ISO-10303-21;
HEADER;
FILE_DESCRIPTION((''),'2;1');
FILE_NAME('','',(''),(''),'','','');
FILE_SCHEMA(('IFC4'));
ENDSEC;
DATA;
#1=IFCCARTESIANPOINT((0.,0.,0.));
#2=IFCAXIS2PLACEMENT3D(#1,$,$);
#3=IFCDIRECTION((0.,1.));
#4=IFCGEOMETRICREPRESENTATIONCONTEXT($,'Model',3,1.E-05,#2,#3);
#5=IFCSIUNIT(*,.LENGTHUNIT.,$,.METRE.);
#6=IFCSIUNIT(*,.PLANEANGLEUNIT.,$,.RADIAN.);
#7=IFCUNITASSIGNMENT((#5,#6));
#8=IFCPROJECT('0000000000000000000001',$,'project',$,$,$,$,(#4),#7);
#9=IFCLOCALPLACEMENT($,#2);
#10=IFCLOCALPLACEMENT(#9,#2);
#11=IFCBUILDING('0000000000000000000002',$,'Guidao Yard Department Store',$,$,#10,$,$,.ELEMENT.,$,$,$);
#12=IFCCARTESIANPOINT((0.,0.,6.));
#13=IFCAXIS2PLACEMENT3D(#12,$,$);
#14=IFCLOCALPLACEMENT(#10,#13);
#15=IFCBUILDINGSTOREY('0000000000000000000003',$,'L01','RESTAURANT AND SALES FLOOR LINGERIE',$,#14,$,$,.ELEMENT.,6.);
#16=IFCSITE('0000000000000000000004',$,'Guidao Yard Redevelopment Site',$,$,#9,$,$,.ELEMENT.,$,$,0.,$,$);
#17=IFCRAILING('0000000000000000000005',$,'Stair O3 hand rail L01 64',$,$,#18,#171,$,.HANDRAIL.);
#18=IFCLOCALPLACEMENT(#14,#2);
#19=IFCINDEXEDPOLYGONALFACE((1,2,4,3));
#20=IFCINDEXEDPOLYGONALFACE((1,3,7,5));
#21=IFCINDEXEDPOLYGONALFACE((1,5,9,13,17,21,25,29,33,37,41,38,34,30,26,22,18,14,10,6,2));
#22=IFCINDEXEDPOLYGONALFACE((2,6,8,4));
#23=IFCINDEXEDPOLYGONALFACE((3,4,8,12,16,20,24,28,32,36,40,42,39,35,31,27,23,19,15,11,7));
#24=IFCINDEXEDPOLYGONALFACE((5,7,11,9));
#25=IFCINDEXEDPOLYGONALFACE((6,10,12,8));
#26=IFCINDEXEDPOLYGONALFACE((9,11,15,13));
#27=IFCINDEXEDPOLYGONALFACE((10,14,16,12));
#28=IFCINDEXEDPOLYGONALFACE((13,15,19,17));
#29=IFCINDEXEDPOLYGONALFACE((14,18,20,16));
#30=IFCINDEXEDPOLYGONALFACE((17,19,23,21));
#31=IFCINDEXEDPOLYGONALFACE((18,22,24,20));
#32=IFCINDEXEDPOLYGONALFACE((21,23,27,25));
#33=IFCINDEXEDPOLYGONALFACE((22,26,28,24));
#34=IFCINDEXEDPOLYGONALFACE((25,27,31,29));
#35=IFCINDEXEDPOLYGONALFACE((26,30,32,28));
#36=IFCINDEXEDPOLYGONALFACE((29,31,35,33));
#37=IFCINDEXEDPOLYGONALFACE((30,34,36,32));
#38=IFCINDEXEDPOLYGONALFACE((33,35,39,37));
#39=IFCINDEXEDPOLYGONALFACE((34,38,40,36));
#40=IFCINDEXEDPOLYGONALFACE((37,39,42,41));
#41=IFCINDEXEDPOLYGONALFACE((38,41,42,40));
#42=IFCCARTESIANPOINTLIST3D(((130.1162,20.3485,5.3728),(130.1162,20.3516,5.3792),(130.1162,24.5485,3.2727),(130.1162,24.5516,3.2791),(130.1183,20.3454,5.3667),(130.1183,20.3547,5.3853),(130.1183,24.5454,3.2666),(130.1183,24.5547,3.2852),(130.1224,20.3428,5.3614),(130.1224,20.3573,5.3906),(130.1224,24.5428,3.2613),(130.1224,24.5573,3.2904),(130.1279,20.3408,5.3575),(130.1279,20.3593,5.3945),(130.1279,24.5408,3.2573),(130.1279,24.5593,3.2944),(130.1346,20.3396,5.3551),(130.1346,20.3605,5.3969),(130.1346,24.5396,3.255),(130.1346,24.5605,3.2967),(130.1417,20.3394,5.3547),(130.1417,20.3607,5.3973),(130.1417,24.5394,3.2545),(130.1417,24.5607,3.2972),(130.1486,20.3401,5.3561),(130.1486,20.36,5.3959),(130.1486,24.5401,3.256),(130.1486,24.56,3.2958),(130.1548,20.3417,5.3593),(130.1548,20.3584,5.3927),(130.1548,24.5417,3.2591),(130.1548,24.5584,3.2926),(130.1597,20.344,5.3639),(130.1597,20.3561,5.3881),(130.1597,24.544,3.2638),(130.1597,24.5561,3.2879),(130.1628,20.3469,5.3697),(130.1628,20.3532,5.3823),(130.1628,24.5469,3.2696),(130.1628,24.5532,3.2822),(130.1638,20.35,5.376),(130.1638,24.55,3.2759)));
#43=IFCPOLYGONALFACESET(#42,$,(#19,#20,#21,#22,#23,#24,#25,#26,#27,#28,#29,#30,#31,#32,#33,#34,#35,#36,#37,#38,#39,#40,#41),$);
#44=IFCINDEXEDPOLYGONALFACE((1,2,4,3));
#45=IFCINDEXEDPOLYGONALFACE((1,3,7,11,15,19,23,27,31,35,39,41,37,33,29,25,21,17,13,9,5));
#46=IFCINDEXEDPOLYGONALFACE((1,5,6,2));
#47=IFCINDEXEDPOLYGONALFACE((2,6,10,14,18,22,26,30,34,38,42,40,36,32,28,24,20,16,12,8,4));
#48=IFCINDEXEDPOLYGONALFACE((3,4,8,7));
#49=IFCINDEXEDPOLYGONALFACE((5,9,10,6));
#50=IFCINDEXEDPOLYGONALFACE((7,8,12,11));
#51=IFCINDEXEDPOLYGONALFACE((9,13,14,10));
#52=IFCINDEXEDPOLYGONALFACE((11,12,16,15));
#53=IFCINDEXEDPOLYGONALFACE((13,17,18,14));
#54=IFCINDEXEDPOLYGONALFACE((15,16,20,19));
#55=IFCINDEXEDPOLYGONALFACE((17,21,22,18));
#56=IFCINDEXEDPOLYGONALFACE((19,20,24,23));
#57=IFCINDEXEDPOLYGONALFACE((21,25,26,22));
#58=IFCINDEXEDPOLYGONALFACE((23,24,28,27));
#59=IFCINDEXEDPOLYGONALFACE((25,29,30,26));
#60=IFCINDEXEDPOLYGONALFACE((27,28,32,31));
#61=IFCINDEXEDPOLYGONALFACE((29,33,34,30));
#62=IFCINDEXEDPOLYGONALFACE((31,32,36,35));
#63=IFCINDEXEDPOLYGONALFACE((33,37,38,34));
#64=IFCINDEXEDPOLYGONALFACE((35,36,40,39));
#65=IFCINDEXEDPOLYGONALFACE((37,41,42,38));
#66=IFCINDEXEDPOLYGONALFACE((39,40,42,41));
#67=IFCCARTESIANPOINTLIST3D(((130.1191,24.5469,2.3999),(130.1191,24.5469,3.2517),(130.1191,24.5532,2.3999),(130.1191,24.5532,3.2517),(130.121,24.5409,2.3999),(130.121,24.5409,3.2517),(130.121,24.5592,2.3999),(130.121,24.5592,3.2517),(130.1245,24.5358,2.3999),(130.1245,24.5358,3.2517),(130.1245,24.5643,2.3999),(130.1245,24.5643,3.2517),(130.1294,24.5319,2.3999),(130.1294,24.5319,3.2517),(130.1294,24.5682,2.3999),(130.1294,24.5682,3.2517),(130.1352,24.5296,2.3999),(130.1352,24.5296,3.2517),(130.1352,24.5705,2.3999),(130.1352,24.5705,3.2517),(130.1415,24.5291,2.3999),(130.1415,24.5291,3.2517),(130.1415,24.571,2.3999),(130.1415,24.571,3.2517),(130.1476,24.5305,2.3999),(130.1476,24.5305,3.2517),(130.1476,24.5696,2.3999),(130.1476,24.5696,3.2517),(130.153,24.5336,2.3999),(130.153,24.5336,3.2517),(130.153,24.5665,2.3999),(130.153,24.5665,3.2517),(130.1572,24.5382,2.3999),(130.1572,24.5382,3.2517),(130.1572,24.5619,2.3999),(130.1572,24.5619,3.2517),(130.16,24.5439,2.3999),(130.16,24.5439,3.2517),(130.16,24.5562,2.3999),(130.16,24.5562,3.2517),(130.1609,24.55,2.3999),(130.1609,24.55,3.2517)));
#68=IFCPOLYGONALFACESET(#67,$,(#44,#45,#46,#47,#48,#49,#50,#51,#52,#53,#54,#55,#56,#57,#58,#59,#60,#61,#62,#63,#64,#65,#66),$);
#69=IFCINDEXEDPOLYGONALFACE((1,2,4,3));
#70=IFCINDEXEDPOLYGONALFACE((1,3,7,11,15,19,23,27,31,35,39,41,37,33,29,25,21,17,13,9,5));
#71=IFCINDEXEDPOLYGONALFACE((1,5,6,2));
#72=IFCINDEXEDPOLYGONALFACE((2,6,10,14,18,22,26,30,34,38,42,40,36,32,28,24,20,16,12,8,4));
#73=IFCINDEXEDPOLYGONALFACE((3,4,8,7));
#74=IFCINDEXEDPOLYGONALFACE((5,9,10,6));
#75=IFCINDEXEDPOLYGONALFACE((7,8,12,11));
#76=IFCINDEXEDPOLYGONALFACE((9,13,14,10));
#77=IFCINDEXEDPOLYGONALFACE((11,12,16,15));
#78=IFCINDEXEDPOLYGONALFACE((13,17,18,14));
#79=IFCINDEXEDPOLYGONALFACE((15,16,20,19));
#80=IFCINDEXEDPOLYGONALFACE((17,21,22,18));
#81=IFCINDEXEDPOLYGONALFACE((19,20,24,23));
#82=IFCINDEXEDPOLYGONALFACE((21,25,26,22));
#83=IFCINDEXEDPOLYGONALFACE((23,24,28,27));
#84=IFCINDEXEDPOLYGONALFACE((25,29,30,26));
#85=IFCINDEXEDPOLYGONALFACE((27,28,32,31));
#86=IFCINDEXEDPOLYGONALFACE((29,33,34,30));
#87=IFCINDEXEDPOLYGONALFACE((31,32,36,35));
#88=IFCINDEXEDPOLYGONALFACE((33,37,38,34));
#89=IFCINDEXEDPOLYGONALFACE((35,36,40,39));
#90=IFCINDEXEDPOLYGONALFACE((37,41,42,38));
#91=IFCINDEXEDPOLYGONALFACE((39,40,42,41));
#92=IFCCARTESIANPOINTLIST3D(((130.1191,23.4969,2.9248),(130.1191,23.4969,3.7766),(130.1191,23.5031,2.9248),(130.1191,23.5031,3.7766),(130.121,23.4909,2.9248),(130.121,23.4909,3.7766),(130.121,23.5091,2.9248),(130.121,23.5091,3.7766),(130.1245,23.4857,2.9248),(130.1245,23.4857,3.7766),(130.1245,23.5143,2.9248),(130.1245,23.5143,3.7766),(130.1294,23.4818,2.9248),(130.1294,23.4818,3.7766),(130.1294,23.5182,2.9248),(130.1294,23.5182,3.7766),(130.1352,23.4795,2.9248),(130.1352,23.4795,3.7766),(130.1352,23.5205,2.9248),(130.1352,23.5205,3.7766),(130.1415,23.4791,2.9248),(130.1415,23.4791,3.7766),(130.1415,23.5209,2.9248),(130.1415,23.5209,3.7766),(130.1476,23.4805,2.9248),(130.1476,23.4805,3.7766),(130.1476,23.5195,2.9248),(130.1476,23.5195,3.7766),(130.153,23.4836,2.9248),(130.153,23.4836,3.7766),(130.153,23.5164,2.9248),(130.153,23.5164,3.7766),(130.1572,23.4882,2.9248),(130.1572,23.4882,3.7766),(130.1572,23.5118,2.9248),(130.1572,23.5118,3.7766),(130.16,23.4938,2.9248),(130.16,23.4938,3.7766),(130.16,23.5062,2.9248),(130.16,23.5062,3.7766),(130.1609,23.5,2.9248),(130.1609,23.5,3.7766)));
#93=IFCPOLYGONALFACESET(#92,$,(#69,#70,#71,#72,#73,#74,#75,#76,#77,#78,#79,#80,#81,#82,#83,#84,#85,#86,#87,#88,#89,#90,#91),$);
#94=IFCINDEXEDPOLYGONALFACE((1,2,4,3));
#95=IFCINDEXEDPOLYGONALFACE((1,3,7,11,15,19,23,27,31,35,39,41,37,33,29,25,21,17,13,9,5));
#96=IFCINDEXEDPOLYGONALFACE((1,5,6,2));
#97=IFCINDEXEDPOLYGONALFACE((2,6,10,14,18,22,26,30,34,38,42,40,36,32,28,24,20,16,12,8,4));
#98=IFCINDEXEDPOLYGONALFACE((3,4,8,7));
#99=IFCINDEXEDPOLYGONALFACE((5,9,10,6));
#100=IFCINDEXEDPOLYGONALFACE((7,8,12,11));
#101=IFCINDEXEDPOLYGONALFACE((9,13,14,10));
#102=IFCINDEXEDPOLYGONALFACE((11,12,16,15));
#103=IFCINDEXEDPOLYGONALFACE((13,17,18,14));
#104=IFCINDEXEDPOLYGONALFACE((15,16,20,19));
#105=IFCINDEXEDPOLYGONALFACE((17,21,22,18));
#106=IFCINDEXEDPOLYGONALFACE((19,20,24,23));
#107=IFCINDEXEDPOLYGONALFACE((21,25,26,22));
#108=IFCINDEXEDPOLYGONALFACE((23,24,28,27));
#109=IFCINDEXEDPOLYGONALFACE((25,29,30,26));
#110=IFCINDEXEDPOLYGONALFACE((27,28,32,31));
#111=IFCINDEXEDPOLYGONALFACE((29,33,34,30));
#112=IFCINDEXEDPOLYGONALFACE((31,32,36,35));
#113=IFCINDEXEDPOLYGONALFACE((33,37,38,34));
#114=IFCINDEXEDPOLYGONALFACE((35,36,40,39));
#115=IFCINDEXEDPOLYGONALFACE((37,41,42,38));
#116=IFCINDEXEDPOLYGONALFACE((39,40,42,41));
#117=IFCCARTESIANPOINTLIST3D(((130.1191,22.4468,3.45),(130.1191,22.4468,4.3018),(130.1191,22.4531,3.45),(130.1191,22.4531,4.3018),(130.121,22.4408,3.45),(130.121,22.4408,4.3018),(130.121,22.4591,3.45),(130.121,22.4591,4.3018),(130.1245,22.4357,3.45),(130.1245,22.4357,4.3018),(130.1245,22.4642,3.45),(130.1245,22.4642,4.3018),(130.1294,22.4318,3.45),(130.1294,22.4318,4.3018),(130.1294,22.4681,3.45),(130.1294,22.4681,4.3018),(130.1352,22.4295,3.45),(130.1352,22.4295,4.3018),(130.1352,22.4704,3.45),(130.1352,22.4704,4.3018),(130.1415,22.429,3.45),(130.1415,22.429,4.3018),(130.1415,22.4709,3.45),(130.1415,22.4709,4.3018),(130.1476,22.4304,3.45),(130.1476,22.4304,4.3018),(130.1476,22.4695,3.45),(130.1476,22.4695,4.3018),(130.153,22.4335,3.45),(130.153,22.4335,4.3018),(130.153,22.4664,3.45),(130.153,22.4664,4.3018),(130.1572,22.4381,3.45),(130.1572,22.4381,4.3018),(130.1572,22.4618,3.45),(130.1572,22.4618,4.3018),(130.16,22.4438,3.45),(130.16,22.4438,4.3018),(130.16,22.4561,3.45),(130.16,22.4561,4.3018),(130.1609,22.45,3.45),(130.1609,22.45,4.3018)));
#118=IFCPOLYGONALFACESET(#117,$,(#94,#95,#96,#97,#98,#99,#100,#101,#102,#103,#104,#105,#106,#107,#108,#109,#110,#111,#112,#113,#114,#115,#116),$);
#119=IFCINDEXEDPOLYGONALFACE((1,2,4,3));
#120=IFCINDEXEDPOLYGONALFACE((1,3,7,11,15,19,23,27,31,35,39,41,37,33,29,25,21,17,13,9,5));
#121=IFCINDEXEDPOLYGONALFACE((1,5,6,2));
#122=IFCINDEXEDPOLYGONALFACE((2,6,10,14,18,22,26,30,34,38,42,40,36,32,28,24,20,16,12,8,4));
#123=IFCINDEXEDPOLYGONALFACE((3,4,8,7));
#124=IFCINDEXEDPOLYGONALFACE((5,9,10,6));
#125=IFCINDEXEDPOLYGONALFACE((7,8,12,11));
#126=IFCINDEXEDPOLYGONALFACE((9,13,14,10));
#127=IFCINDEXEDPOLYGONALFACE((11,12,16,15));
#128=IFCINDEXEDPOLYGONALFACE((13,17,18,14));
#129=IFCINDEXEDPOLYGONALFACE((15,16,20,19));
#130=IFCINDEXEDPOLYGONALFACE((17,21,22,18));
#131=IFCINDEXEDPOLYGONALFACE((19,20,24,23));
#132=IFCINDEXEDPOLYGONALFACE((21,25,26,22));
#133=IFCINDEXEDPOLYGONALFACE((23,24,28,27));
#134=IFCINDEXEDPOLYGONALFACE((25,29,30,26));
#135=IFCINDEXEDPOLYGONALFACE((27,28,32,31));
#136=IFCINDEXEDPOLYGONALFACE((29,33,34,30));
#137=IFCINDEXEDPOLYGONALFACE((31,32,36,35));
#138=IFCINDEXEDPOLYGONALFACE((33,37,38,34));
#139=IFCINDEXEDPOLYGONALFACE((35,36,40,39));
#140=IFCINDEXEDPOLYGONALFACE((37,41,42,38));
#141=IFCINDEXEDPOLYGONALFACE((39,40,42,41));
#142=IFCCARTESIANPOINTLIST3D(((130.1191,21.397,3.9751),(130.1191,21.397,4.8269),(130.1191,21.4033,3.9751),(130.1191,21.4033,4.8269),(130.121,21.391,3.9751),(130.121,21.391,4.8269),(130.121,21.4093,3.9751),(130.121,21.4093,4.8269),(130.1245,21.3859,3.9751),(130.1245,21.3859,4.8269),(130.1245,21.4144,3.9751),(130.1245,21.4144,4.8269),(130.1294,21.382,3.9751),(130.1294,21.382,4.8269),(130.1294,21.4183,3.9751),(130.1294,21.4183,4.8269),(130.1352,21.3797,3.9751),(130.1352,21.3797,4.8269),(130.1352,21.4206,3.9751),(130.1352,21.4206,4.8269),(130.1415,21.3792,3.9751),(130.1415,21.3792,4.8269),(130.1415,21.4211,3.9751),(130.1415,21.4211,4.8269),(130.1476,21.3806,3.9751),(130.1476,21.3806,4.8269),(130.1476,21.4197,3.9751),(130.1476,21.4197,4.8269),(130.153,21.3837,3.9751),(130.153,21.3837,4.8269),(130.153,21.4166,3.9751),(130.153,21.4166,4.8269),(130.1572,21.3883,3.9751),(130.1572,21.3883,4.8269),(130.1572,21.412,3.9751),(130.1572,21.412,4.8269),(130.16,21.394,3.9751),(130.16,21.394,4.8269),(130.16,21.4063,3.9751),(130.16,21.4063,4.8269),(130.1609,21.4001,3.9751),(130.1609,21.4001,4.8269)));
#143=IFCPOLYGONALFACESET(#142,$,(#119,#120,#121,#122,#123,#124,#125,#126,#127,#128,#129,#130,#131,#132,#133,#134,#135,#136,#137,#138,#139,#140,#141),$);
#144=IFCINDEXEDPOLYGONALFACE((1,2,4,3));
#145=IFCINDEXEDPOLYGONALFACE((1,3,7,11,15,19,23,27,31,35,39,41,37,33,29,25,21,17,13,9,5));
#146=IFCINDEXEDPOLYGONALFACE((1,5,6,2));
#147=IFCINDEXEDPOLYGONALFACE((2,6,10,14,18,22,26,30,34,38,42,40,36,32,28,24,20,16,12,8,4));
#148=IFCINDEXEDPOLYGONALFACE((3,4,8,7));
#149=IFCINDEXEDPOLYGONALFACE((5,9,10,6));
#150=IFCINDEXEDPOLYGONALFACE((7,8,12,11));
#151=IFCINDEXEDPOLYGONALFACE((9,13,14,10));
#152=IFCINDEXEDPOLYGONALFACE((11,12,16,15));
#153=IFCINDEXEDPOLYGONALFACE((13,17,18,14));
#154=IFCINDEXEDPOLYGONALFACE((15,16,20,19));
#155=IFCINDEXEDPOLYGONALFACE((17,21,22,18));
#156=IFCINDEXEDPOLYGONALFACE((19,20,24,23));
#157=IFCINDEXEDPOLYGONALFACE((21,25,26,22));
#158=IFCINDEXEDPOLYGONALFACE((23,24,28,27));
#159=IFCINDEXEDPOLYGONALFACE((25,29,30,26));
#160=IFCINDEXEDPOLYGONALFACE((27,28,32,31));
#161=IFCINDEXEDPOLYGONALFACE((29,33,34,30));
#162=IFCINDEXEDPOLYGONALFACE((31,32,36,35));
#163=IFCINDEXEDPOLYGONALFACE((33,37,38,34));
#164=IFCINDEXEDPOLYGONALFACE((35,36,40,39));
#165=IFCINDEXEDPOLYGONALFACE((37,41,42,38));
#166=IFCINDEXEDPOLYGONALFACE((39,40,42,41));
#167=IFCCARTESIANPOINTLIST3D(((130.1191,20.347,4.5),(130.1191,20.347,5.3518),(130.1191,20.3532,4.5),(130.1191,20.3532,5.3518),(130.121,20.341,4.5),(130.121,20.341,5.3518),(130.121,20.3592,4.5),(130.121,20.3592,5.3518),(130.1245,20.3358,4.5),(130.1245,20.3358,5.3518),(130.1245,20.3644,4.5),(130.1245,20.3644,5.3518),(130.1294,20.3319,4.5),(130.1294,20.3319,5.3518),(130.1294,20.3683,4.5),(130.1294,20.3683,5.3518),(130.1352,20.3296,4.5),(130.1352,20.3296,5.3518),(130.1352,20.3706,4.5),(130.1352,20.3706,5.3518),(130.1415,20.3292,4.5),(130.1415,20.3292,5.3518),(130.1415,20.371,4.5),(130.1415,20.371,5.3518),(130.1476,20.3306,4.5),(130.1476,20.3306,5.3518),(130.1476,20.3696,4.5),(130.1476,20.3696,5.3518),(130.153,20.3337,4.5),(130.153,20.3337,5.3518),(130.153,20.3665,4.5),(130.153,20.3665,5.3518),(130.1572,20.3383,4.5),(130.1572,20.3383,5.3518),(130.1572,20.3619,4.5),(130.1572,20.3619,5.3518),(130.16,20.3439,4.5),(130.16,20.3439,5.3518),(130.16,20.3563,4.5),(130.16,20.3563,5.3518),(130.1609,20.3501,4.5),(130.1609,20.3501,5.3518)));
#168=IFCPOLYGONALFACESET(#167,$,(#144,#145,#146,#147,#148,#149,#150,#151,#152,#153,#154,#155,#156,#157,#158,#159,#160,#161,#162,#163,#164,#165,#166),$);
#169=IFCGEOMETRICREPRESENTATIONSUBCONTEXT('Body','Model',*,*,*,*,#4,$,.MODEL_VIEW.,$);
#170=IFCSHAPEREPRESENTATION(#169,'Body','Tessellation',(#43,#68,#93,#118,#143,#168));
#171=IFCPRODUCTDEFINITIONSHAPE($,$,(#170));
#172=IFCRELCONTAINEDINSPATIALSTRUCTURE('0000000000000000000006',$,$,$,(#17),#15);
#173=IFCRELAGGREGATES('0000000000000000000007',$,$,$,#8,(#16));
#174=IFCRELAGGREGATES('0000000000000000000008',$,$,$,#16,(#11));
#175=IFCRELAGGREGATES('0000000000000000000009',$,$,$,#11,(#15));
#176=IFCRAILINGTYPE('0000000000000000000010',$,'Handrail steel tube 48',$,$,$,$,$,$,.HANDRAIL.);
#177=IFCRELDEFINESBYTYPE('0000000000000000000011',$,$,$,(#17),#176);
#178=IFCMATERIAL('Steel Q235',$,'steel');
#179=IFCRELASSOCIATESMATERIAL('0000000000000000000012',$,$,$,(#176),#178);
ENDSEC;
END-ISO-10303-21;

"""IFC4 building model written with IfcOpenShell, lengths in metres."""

from ifc_helpers import new_model, si_unit, direction, frame, origin, origin_2d, place, context, subcontext, project, spatial, circle, extrude, material, type_object, element, save


model = new_model("IFC4")

# Units and contexts
model_context = context("Model", 3, precision=1e-05, world=origin(), true_north=direction((0.0, 1.0)))
body_context = subcontext(model_context, "Body", "Model", "MODEL_VIEW")
ifc_project = project(units=[si_unit("LENGTHUNIT", "METRE"), si_unit("PLANEANGLEUNIT", "RADIAN")], contexts=[model_context])

# Site, building, storey
site_placement = place(None, origin())
site = spatial("IfcSite", under=ifc_project, at=site_placement, Name="Guidao Yard Redevelopment Site", CompositionType="ELEMENT", RefElevation=0.0)
building_placement = place(site_placement, origin())
building = spatial("IfcBuilding", under=site, at=building_placement, Name="Guidao Yard Department Store", CompositionType="ELEMENT")
storey_placement = place(building_placement, frame((0.0, 0.0, 6.0)))
storey = spatial("IfcBuildingStorey", under=building, at=storey_placement, Name="L01", Description="RESTAURANT AND SALES FLOOR LINGERIE", CompositionType="ELEMENT", Elevation=6.0)

# Railing
ifc_material_1 = material(Name="Steel Q235", Category="steel")
railing_type = type_object("IfcRailingType", Name="Handrail steel tube 48", PredefinedType="HANDRAIL", material=ifc_material_1)
for number, where, name in (
    (1, (130.1399, 24.55, 2.3999), "Stair O3 hand rail L01 64"),
):
    element("IfcRailing", number, at=place(storey_placement, frame(where)), inside=storey, type_object=railing_type, Name=name, PredefinedType="HANDRAIL", context=body_context, shape_type="SweptSolid", body=[
        extrude(circle(Radius=0.0239, at=origin_2d()), frame((0.0, 0.0, 0.876), z_axis=(0.0, -0.894417, 0.447234), x_axis=(1.0, 0.0, 0.0)), (0.0, 0.0, 1.0), 4.6958),
        extrude(circle(Radius=0.021, at=origin_2d()), origin(), (0.0, 0.0, 1.0), 0.8518),
        extrude(circle(Radius=0.021, at=origin_2d()), frame((0.0, -1.05, 0.5249)), (0.0, 0.0, 1.0), 0.8518),
        extrude(circle(Radius=0.021, at=origin_2d()), frame((0.0, -2.1001, 1.05)), (0.0, 0.0, 1.0), 0.8518),
        extrude(circle(Radius=0.021, at=origin_2d()), frame((0.0, -3.1499, 1.5752)), (0.0, 0.0, 1.0), 0.8518),
        extrude(circle(Radius=0.021, at=origin_2d()), frame((0.0, -4.2, 2.1001)), (0.0, 0.0, 1.0), 0.8518),
    ])

save(model, "model.ifc")
